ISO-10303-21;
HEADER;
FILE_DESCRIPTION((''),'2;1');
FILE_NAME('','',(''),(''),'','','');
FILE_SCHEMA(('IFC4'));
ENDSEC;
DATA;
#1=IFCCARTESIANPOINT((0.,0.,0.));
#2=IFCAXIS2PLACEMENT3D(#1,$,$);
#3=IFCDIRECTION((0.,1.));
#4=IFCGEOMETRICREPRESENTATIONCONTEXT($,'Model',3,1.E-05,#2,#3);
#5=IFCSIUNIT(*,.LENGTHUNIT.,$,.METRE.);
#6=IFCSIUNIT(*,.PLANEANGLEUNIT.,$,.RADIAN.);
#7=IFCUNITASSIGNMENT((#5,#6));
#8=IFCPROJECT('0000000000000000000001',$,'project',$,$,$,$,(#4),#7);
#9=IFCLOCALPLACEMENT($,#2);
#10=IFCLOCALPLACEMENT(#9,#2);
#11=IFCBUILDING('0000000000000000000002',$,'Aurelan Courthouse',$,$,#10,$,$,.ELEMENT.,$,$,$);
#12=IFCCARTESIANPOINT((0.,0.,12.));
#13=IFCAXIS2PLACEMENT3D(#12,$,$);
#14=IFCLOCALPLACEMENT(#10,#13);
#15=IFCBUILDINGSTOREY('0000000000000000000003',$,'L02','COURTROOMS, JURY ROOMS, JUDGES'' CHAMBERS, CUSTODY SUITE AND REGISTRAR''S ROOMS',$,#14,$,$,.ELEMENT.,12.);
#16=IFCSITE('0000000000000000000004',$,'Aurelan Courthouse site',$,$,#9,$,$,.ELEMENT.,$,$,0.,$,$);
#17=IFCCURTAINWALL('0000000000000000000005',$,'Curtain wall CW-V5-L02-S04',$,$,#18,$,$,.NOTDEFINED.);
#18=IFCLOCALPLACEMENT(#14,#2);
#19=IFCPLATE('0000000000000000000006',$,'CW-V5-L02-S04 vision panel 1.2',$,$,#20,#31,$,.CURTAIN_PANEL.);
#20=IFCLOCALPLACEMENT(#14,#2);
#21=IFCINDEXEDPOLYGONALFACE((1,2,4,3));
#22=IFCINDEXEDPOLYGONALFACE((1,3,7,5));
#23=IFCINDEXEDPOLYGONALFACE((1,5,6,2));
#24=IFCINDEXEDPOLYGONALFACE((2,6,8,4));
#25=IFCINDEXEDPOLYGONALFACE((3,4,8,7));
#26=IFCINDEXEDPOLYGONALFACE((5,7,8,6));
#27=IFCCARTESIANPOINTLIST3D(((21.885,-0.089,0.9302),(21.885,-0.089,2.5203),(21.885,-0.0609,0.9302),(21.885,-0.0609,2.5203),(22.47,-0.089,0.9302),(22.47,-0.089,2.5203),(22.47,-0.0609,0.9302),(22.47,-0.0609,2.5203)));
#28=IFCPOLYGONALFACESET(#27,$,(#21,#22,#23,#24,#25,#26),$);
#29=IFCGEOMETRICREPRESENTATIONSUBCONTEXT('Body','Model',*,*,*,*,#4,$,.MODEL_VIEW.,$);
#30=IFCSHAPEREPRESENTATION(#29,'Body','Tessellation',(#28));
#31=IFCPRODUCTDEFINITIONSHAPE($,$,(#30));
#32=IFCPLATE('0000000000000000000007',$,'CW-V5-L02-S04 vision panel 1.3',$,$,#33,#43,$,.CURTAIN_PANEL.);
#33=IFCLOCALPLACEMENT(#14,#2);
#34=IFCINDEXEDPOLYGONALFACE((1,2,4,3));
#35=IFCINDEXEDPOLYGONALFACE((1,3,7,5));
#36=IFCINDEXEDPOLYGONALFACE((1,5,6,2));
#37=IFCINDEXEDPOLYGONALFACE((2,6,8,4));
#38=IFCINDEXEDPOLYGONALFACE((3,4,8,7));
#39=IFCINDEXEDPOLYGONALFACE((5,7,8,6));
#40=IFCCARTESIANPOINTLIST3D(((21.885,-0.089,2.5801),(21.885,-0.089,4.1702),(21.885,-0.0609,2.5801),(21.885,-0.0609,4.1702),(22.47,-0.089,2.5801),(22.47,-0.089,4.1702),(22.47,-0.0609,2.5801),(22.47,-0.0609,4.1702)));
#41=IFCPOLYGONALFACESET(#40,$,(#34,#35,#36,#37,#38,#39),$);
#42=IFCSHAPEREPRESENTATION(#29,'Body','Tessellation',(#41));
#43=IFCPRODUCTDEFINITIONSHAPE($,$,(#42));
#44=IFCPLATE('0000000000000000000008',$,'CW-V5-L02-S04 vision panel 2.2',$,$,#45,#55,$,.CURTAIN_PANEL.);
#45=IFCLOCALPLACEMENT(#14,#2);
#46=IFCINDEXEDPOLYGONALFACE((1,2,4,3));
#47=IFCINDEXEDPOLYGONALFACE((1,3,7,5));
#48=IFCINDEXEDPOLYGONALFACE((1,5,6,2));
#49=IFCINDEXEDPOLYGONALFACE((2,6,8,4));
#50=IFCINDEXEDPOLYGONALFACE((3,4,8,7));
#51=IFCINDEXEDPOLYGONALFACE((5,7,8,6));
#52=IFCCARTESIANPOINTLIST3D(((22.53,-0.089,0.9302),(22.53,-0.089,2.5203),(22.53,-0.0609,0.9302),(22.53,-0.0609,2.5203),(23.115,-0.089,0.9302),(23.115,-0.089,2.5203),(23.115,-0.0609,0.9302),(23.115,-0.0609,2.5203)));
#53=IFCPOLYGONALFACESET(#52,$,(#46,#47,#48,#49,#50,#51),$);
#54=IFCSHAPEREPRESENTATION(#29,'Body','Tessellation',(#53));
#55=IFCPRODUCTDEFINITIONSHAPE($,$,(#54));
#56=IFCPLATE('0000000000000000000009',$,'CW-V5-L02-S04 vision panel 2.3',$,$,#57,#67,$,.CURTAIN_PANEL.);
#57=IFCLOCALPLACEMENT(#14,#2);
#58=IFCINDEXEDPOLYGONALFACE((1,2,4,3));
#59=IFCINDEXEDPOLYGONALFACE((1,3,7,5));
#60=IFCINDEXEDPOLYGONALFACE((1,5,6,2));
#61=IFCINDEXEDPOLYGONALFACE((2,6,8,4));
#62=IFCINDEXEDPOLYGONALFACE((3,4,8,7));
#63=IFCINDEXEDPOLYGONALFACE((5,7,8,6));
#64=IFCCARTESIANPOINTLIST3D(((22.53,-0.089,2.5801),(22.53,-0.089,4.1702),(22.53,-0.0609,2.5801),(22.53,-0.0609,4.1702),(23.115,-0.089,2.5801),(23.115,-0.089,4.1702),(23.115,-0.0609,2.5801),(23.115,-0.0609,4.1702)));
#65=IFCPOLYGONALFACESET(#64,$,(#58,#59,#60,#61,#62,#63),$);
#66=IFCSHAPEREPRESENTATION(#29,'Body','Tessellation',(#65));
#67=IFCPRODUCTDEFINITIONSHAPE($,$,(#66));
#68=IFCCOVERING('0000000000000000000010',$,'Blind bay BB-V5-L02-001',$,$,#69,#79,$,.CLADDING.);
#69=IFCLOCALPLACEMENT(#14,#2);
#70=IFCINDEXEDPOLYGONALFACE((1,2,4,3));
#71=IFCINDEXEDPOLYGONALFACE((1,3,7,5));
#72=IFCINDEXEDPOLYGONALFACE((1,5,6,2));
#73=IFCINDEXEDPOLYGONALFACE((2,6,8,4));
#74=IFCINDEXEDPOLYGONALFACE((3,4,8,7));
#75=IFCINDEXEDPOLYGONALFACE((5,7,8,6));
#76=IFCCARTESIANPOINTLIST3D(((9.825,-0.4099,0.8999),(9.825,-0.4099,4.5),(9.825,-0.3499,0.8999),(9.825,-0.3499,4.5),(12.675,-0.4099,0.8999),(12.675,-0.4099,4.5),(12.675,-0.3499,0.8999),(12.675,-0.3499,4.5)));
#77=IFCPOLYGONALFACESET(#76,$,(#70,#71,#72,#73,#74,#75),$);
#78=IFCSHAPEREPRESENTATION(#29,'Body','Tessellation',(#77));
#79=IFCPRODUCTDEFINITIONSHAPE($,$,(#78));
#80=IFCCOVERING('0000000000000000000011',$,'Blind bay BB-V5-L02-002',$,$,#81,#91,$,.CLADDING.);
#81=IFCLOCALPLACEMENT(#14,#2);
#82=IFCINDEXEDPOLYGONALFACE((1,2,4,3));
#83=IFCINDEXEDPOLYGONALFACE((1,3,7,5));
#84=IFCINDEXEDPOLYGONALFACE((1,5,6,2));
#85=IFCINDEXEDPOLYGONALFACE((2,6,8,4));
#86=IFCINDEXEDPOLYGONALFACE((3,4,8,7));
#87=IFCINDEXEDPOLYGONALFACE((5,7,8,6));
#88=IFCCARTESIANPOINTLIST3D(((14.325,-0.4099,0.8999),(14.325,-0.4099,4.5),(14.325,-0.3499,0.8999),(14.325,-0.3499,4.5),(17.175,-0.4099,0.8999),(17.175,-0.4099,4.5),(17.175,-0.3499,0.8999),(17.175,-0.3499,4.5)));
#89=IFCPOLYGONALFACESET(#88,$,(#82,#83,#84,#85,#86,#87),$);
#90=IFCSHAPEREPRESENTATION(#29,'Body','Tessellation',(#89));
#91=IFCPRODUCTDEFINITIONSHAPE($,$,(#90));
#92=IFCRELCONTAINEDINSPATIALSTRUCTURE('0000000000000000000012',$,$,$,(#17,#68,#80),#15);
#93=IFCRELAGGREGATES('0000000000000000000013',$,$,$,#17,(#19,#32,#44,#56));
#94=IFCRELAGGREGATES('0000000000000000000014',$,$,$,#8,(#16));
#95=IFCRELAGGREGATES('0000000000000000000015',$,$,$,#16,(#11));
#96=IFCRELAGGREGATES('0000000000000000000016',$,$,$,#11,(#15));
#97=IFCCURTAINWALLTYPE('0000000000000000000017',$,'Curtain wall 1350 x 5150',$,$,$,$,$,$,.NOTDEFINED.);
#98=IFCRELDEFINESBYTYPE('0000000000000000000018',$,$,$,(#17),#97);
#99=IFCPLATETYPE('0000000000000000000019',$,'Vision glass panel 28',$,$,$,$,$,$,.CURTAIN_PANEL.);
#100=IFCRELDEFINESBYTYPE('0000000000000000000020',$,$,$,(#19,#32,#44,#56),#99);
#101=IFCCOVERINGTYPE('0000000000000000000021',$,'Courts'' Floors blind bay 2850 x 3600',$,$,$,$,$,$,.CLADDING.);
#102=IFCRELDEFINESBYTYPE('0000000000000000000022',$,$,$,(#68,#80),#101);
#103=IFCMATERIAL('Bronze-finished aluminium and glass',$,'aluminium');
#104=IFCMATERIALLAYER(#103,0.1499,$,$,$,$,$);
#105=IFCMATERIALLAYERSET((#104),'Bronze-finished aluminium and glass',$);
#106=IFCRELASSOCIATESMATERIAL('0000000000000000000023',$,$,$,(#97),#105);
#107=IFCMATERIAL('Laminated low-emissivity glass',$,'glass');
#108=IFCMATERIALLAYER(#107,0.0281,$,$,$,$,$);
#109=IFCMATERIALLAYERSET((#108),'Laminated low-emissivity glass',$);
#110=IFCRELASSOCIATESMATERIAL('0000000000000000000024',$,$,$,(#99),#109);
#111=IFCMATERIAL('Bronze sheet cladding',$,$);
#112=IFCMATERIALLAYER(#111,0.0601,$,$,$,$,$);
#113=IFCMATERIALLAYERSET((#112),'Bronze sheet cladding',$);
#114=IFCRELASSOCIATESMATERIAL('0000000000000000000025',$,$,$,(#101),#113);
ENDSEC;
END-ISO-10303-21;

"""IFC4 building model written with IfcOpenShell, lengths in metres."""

from ifc_helpers import new_model, si_unit, direction, frame, origin, origin_2d, place, context, subcontext, project, spatial, rectangle, extrude, material, layer, layer_set, type_object, element, aggregate, save


model = new_model("IFC4")

# Units and contexts
model_context = context("Model", 3, precision=1e-05, world=origin(), true_north=direction((0.0, 1.0)))
body_context = subcontext(model_context, "Body", "Model", "MODEL_VIEW")
ifc_project = project(units=[si_unit("LENGTHUNIT", "METRE"), si_unit("PLANEANGLEUNIT", "RADIAN")], contexts=[model_context])

# Site, building, storey
site_placement = place(None, origin())
site = spatial("IfcSite", under=ifc_project, at=site_placement, Name="Aurelan Courthouse site", CompositionType="ELEMENT", RefElevation=0.0)
building_placement = place(site_placement, origin())
building = spatial("IfcBuilding", under=site, at=building_placement, Name="Aurelan Courthouse", CompositionType="ELEMENT")
storey_placement = place(building_placement, frame((0.0, 0.0, 12.0)))
storey = spatial("IfcBuildingStorey", under=building, at=storey_placement, Name="L02", Description="COURTROOMS, JURY ROOMS, JUDGES' CHAMBERS, CUSTODY SUITE AND REGISTRAR'S ROOMS", CompositionType="ELEMENT", Elevation=12.0)

# Curtain wall
ifc_material_1 = material(Name="Bronze-finished aluminium and glass", Category="aluminium")
ifc_layer_1 = layer(ifc_material_1, 0.1499)
ifc_layer_set_1 = layer_set([ifc_layer_1], Name="Bronze-finished aluminium and glass")
curtain_wall_type = type_object("IfcCurtainWallType", Name="Curtain wall 1350 x 5150", PredefinedType="NOTDEFINED", material=ifc_layer_set_1)
curtain_wall_1_placement = place(storey_placement, origin())
curtain_wall_1 = element("IfcCurtainWall", 1, at=curtain_wall_1_placement, inside=storey, type_object=curtain_wall_type, Name="Curtain wall CW-V5-L02-S04", PredefinedType="NOTDEFINED")

# Plates
ifc_material_2 = material(Name="Laminated low-emissivity glass", Category="glass")
ifc_layer_2 = layer(ifc_material_2, 0.0281)
ifc_layer_set_2 = layer_set([ifc_layer_2], Name="Laminated low-emissivity glass")
plate_type_1 = type_object("IfcPlateType", Name="Vision glass panel 28", PredefinedType="CURTAIN_PANEL", material=ifc_layer_set_2)
plate_1_placement = place(storey_placement, frame((22.1775, -0.075, 0.9302), z_axis=(0.0, 0.0, 1.0), x_axis=(1.0, 0.0, 0.0)))
plate_1 = element("IfcPlate", 2, at=plate_1_placement, type_object=plate_type_1, Name="CW-V5-L02-S04 vision panel 1.2", PredefinedType="CURTAIN_PANEL", context=body_context, shape_type="SweptSolid", body=[
    extrude(rectangle(XDim=0.585, YDim=0.0281, at=origin_2d()), origin(), (0.0, 0.0, 1.0), 1.5901),
])
plate_2_placement = place(storey_placement, frame((22.1775, -0.075, 2.5801), z_axis=(0.0, 0.0, 1.0), x_axis=(1.0, 0.0, 0.0)))
plate_2 = element("IfcPlate", 3, at=plate_2_placement, type_object=plate_type_1, Name="CW-V5-L02-S04 vision panel 1.3", PredefinedType="CURTAIN_PANEL", context=body_context, shape_type="SweptSolid", body=[
    extrude(rectangle(XDim=0.585, YDim=0.0281, at=origin_2d()), origin(), (0.0, 0.0, 1.0), 1.5901),
])
plate_3_placement = place(storey_placement, frame((22.8225, -0.075, 0.9302), z_axis=(0.0, 0.0, 1.0), x_axis=(1.0, 0.0, 0.0)))
plate_3 = element("IfcPlate", 4, at=plate_3_placement, type_object=plate_type_1, Name="CW-V5-L02-S04 vision panel 2.2", PredefinedType="CURTAIN_PANEL", context=body_context, shape_type="SweptSolid", body=[
    extrude(rectangle(XDim=0.585, YDim=0.0281, at=origin_2d()), origin(), (0.0, 0.0, 1.0), 1.5901),
])
plate_4_placement = place(storey_placement, frame((22.8225, -0.075, 2.5801), z_axis=(0.0, 0.0, 1.0), x_axis=(1.0, 0.0, 0.0)))
plate_4 = element("IfcPlate", 5, at=plate_4_placement, type_object=plate_type_1, Name="CW-V5-L02-S04 vision panel 2.3", PredefinedType="CURTAIN_PANEL", context=body_context, shape_type="SweptSolid", body=[
    extrude(rectangle(XDim=0.585, YDim=0.0281, at=origin_2d()), origin(), (0.0, 0.0, 1.0), 1.5901),
])
aggregate(curtain_wall_1, [plate_1, plate_2, plate_3, plate_4])

# Coverings
ifc_material_3 = material(Name="Bronze sheet cladding")
ifc_layer_3 = layer(ifc_material_3, 0.0601)
ifc_layer_set_3 = layer_set([ifc_layer_3], Name="Bronze sheet cladding")
covering_type = type_object("IfcCoveringType", Name="Courts' Floors blind bay 2850 x 3600", PredefinedType="CLADDING", material=ifc_layer_set_3)
for number, where, z_axis, x_axis, name in (
    (6, (11.25, -0.3799, 0.8999), (0.0, 0.0, 1.0), (1.0, 0.0, 0.0), "Blind bay BB-V5-L02-001"),
    (7, (15.75, -0.3799, 0.8999), (0.0, 0.0, 1.0), (1.0, 0.0, 0.0), "Blind bay BB-V5-L02-002"),
):
    element("IfcCovering", number, at=place(storey_placement, frame(where, z_axis=z_axis, x_axis=x_axis)), inside=storey, type_object=covering_type, Name=name, PredefinedType="CLADDING", context=body_context, shape_type="SweptSolid", body=[
        extrude(rectangle(XDim=2.8501, YDim=0.0601, at=origin_2d()), origin(), (0.0, 0.0, 1.0), 3.6001),
    ])

save(model, "model.ifc")
